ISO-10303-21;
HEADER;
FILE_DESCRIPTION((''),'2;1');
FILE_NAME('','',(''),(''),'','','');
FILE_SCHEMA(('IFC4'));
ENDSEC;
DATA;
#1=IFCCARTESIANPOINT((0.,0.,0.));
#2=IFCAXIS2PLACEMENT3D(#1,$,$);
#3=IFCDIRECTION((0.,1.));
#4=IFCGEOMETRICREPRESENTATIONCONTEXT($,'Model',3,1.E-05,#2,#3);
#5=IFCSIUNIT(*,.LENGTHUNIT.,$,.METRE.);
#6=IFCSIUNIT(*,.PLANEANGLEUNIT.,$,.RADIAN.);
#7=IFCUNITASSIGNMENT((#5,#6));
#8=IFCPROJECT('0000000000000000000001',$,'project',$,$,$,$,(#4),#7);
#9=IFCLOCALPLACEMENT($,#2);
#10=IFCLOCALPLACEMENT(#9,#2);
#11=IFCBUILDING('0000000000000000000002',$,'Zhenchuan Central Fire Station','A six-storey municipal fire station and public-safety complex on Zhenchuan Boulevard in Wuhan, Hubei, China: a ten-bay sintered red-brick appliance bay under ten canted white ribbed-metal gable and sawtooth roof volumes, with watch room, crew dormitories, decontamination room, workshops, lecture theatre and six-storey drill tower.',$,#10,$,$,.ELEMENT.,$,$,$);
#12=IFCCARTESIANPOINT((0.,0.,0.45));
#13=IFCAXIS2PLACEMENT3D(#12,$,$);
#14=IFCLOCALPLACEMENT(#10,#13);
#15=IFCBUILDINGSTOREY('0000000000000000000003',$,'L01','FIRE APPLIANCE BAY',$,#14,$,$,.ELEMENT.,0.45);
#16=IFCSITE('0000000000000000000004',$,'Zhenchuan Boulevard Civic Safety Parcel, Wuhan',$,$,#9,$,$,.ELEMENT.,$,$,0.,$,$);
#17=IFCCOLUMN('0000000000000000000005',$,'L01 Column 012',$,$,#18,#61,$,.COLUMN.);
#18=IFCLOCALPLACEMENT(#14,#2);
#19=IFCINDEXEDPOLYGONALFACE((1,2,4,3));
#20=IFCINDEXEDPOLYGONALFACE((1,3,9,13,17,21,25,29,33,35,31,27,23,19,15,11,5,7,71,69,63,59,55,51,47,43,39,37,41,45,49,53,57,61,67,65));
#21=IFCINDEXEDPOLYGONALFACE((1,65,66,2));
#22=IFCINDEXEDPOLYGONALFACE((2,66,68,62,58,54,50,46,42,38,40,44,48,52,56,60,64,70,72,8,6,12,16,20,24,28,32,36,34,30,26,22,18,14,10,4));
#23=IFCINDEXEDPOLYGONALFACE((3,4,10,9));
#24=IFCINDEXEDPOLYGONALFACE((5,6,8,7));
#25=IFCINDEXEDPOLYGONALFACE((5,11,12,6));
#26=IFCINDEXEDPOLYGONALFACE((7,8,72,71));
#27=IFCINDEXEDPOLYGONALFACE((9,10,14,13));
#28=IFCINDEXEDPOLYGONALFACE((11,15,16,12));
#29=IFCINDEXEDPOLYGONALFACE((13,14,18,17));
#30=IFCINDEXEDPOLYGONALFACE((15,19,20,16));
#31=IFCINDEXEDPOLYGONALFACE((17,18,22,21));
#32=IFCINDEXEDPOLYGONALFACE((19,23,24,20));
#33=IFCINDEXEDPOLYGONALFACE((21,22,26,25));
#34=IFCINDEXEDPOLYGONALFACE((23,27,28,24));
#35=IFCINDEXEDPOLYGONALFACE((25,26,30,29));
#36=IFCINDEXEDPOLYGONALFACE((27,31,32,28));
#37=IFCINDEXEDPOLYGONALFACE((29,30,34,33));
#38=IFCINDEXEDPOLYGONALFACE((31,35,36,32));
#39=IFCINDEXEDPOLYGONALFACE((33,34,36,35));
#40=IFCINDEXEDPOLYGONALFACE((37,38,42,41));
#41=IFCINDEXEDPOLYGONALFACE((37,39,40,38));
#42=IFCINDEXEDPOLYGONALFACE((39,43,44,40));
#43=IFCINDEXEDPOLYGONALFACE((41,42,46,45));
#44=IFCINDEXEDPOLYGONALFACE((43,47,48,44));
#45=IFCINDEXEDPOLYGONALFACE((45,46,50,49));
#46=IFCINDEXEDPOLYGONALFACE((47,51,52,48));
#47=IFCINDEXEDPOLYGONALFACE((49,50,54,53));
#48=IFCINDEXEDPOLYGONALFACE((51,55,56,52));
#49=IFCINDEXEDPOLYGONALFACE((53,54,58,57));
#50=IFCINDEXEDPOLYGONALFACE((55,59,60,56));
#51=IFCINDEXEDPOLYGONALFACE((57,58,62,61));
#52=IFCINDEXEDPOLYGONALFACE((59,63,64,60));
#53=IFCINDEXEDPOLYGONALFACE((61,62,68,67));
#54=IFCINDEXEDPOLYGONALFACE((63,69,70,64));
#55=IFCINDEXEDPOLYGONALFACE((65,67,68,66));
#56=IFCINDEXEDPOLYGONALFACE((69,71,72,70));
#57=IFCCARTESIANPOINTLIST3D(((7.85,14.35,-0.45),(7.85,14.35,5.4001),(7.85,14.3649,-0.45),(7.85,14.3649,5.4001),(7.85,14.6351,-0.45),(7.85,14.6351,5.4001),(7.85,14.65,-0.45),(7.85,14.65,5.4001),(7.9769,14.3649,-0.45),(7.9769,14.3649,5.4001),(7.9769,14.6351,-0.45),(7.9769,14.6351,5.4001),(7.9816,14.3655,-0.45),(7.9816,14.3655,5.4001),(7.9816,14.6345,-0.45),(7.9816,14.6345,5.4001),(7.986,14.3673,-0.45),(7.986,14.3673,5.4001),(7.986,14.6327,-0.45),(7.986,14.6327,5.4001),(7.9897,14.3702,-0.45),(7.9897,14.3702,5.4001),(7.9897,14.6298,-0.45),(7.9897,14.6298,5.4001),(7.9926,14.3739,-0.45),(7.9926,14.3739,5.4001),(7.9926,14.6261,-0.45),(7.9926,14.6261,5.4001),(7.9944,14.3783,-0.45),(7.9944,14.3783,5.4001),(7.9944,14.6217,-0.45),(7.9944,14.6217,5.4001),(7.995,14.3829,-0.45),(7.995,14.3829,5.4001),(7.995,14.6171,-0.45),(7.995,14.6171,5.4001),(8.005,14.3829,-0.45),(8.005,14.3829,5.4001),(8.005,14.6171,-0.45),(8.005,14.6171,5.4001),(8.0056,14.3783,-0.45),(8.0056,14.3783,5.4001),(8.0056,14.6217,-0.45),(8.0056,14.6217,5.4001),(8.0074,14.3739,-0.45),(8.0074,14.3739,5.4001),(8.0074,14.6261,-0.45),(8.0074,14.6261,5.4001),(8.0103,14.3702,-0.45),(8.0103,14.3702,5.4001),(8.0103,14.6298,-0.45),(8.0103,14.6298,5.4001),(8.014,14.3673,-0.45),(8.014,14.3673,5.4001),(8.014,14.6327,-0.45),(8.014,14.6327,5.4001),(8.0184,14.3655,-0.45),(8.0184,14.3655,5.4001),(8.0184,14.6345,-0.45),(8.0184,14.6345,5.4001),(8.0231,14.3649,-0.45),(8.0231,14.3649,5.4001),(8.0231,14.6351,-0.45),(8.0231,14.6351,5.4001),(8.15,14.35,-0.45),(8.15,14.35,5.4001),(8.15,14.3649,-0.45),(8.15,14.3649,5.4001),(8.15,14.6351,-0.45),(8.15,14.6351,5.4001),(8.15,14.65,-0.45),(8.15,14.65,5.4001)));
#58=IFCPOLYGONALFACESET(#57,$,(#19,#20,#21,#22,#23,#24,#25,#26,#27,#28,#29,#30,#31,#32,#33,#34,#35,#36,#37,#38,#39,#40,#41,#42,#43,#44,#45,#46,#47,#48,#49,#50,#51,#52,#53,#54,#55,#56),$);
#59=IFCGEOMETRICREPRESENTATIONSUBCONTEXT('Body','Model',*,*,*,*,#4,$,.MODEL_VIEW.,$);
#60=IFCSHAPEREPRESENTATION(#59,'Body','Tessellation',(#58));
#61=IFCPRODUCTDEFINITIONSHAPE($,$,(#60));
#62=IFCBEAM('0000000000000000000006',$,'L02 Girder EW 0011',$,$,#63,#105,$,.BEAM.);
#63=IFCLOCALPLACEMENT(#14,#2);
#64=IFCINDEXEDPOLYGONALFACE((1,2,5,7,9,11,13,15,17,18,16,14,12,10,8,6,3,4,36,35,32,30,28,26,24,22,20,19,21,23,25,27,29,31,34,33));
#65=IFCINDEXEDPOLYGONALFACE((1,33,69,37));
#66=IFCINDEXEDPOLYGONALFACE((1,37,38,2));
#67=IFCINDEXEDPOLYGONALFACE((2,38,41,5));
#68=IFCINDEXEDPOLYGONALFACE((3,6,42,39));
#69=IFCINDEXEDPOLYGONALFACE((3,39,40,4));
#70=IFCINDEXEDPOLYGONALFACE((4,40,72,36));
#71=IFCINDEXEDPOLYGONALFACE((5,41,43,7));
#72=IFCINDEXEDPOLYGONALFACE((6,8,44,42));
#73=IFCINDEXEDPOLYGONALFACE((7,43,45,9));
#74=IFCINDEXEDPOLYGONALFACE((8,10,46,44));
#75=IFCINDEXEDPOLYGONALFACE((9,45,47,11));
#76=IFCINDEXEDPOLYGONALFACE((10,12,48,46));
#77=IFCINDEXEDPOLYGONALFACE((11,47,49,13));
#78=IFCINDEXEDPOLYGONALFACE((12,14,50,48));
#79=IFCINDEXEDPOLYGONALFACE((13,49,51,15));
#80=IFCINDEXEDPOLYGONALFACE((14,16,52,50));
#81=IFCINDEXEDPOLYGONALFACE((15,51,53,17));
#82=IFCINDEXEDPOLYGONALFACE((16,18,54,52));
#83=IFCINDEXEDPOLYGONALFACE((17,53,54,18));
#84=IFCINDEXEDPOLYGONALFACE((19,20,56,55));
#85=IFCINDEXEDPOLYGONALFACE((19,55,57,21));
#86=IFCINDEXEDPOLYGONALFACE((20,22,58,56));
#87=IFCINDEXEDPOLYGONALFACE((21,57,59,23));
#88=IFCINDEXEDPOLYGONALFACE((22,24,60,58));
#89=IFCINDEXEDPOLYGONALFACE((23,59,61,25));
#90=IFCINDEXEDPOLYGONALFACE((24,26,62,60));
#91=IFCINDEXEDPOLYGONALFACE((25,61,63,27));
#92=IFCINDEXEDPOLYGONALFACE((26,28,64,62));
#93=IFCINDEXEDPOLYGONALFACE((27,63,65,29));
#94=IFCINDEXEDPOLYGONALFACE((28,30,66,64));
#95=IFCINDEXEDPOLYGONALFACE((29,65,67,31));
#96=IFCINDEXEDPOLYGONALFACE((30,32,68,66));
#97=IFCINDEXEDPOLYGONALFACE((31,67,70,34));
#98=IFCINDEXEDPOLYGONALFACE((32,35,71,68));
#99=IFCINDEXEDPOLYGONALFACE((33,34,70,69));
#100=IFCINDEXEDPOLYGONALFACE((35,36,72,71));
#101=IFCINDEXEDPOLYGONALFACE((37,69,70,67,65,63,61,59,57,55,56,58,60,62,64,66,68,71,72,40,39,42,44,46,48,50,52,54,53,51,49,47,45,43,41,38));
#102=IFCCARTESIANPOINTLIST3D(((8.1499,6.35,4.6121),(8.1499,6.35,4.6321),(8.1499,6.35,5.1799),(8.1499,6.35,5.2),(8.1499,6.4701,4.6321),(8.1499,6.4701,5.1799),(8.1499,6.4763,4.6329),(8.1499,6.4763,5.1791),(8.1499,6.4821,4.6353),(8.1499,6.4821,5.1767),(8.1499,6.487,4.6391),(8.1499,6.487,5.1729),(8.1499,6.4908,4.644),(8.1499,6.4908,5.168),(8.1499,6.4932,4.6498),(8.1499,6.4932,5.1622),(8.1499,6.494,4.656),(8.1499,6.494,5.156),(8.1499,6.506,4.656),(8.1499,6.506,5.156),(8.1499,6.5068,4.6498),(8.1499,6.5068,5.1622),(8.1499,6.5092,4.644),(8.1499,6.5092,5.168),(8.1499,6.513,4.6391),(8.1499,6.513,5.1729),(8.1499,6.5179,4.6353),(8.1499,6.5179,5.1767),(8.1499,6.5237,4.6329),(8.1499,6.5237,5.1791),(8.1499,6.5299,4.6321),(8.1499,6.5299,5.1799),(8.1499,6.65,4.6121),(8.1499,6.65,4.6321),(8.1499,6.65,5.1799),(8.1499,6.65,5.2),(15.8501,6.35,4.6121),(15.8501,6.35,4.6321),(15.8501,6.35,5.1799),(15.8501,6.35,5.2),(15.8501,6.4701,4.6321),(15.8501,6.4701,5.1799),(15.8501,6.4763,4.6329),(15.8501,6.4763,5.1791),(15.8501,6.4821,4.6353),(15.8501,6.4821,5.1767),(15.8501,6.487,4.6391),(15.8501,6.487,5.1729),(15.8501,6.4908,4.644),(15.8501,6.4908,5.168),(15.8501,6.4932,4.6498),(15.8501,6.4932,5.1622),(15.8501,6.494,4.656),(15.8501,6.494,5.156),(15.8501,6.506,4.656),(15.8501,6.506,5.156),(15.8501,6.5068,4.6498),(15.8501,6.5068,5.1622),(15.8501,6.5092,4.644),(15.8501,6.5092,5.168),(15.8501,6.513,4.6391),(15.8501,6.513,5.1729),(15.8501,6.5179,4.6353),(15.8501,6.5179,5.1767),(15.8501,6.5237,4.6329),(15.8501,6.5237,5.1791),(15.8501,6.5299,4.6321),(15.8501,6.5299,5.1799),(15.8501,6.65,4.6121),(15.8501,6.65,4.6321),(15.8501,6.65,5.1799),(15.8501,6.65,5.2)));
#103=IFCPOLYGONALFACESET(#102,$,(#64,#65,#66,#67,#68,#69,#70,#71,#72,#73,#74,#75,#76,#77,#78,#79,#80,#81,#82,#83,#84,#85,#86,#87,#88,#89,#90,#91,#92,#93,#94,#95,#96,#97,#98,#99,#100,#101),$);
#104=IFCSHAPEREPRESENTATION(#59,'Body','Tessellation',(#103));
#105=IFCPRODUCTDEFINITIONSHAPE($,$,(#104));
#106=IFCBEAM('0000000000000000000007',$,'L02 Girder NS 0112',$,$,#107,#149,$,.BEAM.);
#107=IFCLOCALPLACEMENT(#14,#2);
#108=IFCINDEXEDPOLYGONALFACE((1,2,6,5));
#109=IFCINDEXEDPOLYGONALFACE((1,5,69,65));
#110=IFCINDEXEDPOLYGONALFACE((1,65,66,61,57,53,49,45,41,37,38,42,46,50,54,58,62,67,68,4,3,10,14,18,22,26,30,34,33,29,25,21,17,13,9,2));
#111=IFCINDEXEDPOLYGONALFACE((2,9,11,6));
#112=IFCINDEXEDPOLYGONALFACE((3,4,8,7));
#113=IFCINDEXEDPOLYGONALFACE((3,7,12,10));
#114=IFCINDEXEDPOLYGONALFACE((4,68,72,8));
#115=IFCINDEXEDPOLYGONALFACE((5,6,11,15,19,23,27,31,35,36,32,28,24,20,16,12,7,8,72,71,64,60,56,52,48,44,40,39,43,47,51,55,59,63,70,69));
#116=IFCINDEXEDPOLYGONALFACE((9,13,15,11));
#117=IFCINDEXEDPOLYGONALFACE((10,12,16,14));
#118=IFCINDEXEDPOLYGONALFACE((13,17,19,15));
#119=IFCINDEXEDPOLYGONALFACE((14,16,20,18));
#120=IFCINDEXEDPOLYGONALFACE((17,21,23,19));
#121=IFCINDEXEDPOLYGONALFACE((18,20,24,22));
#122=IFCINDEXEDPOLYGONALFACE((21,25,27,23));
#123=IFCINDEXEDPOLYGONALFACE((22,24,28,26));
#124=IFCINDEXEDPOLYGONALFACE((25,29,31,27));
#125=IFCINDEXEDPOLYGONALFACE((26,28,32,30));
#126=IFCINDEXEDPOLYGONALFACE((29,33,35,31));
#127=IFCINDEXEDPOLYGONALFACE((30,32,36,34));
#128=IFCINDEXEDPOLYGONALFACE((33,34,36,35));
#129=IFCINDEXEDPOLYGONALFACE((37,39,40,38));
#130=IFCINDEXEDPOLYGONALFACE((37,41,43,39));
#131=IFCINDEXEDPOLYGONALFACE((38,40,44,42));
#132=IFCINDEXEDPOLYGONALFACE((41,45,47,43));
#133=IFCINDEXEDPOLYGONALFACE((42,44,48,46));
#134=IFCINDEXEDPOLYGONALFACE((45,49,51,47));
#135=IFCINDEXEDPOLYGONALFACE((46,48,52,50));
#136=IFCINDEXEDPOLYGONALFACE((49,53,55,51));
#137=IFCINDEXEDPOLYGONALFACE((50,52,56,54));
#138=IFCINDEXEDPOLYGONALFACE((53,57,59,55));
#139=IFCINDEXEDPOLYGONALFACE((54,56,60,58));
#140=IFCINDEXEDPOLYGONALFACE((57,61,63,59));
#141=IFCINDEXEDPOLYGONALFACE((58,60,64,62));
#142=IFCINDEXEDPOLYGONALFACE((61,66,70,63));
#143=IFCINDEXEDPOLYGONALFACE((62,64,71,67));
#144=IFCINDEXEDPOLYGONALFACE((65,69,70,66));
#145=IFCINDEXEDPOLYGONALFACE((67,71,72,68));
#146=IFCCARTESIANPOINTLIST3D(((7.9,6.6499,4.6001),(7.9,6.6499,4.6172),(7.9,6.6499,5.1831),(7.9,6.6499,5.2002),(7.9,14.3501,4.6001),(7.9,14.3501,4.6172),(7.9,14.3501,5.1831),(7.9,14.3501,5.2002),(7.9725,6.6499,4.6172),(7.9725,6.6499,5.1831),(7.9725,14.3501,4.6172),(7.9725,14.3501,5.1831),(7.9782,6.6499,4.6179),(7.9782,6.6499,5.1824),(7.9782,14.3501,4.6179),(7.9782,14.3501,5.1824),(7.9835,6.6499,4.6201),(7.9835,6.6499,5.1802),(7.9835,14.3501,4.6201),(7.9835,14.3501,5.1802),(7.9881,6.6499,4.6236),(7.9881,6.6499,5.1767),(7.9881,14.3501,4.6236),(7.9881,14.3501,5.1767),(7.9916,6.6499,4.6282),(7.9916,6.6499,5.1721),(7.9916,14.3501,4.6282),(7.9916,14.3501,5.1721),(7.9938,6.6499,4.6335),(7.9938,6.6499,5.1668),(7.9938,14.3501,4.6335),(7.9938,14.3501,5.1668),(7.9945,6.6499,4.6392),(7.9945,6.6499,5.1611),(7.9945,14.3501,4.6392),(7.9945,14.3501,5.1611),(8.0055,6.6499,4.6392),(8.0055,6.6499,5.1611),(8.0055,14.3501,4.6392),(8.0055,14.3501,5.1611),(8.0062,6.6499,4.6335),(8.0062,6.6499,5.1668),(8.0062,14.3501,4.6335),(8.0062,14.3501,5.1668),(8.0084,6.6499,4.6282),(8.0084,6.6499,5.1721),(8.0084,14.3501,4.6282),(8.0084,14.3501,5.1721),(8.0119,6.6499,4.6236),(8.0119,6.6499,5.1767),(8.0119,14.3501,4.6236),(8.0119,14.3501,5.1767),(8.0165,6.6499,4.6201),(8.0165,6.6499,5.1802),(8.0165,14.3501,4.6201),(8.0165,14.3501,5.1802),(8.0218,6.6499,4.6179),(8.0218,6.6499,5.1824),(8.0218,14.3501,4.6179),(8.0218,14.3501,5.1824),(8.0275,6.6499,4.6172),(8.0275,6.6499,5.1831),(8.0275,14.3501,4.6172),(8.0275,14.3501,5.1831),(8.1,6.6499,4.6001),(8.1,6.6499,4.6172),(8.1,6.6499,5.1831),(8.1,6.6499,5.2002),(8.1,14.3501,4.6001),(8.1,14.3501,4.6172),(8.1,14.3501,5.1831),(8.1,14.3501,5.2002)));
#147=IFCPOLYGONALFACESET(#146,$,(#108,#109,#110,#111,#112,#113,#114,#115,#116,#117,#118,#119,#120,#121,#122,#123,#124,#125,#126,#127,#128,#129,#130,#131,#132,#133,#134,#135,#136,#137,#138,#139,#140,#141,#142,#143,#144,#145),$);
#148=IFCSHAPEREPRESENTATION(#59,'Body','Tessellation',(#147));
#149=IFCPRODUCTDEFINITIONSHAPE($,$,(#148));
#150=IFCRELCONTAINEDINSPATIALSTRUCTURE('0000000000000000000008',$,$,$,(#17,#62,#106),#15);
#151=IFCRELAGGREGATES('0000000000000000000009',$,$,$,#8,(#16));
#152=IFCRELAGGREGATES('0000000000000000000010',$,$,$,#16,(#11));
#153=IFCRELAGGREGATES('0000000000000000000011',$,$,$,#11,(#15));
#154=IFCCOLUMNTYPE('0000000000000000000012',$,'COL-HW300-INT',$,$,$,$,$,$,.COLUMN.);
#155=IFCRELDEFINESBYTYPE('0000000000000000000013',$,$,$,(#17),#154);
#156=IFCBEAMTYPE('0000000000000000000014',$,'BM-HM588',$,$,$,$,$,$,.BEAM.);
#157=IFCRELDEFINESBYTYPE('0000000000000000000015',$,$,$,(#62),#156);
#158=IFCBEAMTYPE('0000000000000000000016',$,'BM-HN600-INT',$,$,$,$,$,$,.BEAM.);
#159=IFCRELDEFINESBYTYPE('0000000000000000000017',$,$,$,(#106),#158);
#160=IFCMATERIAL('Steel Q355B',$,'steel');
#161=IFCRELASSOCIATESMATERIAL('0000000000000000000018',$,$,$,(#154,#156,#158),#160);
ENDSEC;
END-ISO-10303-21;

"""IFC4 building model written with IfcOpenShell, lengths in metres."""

from ifc_helpers import new_model, si_unit, direction, frame, origin, origin_2d, place, context, subcontext, project, spatial, i_section, extrude, material, material_profile, profile_set, type_object, element, save


model = new_model("IFC4")

# Units and contexts
model_context = context("Model", 3, precision=1e-05, world=origin(), true_north=direction((0.0, 1.0)))
body_context = subcontext(model_context, "Body", "Model", "MODEL_VIEW")
ifc_project = project(units=[si_unit("LENGTHUNIT", "METRE"), si_unit("PLANEANGLEUNIT", "RADIAN")], contexts=[model_context])

# Site, building, storey
site_placement = place(None, origin())
site = spatial("IfcSite", under=ifc_project, at=site_placement, Name="Zhenchuan Boulevard Civic Safety Parcel, Wuhan", CompositionType="ELEMENT", RefElevation=0.0)
building_placement = place(site_placement, origin())
building = spatial("IfcBuilding", under=site, at=building_placement, Name="Zhenchuan Central Fire Station", Description="A six-storey municipal fire station and public-safety complex on Zhenchuan Boulevard in Wuhan, Hubei, China: a ten-bay sintered red-brick appliance bay under ten canted white ribbed-metal gable and sawtooth roof volumes, with watch room, crew dormitories, decontamination room, workshops, lecture theatre and six-storey drill tower.", CompositionType="ELEMENT")
storey_placement = place(building_placement, frame((0.0, 0.0, 0.45)))
storey = spatial("IfcBuildingStorey", under=building, at=storey_placement, Name="L01", Description="FIRE APPLIANCE BAY", CompositionType="ELEMENT", Elevation=0.45)

# Column
ifc_material_1 = material(Name="Steel Q355B", Category="steel")
ifc_material_profile_1 = material_profile(ifc_material_1, i_section(OverallWidth=0.3, OverallDepth=0.3, WebThickness=0.01, FlangeThickness=0.0149, FilletRadius=0.0181, at=origin_2d()), Name="HW 300x300")
ifc_profile_set_1 = profile_set([ifc_material_profile_1], Name="Steel Q355B")
column_type = type_object("IfcColumnType", Name="COL-HW300-INT", PredefinedType="COLUMN", material=ifc_profile_set_1)
for number, where, z_axis, x_axis, name in (
    (1, (8.0, 14.5, -0.45), (0.0, 0.0, 1.0), (1.0, 0.0, 0.0), "L01 Column 012"),
):
    element("IfcColumn", number, at=place(storey_placement, frame(where, z_axis=z_axis, x_axis=x_axis)), inside=storey, type_object=column_type, Name=name, PredefinedType="COLUMN", context=body_context, shape_type="SweptSolid", body=[
        extrude(i_section(OverallWidth=0.3, OverallDepth=0.3, WebThickness=0.01, FlangeThickness=0.0149, FilletRadius=0.0181, at=origin_2d()), origin(), (0.0, 0.0, 1.0), 5.8501),
    ])

# Beams
ifc_material_profile_2 = material_profile(ifc_material_1, i_section(OverallWidth=0.3, OverallDepth=0.5879, WebThickness=0.012, FlangeThickness=0.02, FilletRadius=0.0239, at=origin_2d()), Name="HM 588x300")
ifc_profile_set_2 = profile_set([ifc_material_profile_2], Name="Steel Q355B")
beam_type_1 = type_object("IfcBeamType", Name="BM-HM588", PredefinedType="BEAM", material=ifc_profile_set_2)
beam_1_placement = place(storey_placement, frame((8.1499, 6.5, 4.906), z_axis=(1.0, 0.0, 0.0), x_axis=(0.0, 1.0, 0.0)))
element("IfcBeam", 2, at=beam_1_placement, inside=storey, type_object=beam_type_1, Name="L02 Girder EW 0011", PredefinedType="BEAM", context=body_context, shape_type="SweptSolid", body=[
    extrude(i_section(OverallWidth=0.3, OverallDepth=0.5879, WebThickness=0.012, FlangeThickness=0.02, FilletRadius=0.0239, at=origin_2d()), origin(), (0.0, 0.0, 1.0), 7.7002),
])
ifc_material_profile_3 = material_profile(ifc_material_1, i_section(OverallWidth=0.2, OverallDepth=0.6001, WebThickness=0.011, FlangeThickness=0.0171, FilletRadius=0.022, at=origin_2d()), Name="HN 600x200")
ifc_profile_set_3 = profile_set([ifc_material_profile_3], Name="Steel Q355B")
beam_type_2 = type_object("IfcBeamType", Name="BM-HN600-INT", PredefinedType="BEAM", material=ifc_profile_set_3)
beam_2_placement = place(storey_placement, frame((8.0, 6.6499, 4.9001), z_axis=(0.0, 1.0, 0.0), x_axis=(-1.0, 0.0, 0.0)))
element("IfcBeam", 3, at=beam_2_placement, inside=storey, type_object=beam_type_2, Name="L02 Girder NS 0112", PredefinedType="BEAM", context=body_context, shape_type="SweptSolid", body=[
    extrude(i_section(OverallWidth=0.2, OverallDepth=0.6001, WebThickness=0.011, FlangeThickness=0.0171, FilletRadius=0.022, at=origin_2d()), origin(), (0.0, 0.0, 1.0), 7.7002),
])

save(model, "model.ifc")
